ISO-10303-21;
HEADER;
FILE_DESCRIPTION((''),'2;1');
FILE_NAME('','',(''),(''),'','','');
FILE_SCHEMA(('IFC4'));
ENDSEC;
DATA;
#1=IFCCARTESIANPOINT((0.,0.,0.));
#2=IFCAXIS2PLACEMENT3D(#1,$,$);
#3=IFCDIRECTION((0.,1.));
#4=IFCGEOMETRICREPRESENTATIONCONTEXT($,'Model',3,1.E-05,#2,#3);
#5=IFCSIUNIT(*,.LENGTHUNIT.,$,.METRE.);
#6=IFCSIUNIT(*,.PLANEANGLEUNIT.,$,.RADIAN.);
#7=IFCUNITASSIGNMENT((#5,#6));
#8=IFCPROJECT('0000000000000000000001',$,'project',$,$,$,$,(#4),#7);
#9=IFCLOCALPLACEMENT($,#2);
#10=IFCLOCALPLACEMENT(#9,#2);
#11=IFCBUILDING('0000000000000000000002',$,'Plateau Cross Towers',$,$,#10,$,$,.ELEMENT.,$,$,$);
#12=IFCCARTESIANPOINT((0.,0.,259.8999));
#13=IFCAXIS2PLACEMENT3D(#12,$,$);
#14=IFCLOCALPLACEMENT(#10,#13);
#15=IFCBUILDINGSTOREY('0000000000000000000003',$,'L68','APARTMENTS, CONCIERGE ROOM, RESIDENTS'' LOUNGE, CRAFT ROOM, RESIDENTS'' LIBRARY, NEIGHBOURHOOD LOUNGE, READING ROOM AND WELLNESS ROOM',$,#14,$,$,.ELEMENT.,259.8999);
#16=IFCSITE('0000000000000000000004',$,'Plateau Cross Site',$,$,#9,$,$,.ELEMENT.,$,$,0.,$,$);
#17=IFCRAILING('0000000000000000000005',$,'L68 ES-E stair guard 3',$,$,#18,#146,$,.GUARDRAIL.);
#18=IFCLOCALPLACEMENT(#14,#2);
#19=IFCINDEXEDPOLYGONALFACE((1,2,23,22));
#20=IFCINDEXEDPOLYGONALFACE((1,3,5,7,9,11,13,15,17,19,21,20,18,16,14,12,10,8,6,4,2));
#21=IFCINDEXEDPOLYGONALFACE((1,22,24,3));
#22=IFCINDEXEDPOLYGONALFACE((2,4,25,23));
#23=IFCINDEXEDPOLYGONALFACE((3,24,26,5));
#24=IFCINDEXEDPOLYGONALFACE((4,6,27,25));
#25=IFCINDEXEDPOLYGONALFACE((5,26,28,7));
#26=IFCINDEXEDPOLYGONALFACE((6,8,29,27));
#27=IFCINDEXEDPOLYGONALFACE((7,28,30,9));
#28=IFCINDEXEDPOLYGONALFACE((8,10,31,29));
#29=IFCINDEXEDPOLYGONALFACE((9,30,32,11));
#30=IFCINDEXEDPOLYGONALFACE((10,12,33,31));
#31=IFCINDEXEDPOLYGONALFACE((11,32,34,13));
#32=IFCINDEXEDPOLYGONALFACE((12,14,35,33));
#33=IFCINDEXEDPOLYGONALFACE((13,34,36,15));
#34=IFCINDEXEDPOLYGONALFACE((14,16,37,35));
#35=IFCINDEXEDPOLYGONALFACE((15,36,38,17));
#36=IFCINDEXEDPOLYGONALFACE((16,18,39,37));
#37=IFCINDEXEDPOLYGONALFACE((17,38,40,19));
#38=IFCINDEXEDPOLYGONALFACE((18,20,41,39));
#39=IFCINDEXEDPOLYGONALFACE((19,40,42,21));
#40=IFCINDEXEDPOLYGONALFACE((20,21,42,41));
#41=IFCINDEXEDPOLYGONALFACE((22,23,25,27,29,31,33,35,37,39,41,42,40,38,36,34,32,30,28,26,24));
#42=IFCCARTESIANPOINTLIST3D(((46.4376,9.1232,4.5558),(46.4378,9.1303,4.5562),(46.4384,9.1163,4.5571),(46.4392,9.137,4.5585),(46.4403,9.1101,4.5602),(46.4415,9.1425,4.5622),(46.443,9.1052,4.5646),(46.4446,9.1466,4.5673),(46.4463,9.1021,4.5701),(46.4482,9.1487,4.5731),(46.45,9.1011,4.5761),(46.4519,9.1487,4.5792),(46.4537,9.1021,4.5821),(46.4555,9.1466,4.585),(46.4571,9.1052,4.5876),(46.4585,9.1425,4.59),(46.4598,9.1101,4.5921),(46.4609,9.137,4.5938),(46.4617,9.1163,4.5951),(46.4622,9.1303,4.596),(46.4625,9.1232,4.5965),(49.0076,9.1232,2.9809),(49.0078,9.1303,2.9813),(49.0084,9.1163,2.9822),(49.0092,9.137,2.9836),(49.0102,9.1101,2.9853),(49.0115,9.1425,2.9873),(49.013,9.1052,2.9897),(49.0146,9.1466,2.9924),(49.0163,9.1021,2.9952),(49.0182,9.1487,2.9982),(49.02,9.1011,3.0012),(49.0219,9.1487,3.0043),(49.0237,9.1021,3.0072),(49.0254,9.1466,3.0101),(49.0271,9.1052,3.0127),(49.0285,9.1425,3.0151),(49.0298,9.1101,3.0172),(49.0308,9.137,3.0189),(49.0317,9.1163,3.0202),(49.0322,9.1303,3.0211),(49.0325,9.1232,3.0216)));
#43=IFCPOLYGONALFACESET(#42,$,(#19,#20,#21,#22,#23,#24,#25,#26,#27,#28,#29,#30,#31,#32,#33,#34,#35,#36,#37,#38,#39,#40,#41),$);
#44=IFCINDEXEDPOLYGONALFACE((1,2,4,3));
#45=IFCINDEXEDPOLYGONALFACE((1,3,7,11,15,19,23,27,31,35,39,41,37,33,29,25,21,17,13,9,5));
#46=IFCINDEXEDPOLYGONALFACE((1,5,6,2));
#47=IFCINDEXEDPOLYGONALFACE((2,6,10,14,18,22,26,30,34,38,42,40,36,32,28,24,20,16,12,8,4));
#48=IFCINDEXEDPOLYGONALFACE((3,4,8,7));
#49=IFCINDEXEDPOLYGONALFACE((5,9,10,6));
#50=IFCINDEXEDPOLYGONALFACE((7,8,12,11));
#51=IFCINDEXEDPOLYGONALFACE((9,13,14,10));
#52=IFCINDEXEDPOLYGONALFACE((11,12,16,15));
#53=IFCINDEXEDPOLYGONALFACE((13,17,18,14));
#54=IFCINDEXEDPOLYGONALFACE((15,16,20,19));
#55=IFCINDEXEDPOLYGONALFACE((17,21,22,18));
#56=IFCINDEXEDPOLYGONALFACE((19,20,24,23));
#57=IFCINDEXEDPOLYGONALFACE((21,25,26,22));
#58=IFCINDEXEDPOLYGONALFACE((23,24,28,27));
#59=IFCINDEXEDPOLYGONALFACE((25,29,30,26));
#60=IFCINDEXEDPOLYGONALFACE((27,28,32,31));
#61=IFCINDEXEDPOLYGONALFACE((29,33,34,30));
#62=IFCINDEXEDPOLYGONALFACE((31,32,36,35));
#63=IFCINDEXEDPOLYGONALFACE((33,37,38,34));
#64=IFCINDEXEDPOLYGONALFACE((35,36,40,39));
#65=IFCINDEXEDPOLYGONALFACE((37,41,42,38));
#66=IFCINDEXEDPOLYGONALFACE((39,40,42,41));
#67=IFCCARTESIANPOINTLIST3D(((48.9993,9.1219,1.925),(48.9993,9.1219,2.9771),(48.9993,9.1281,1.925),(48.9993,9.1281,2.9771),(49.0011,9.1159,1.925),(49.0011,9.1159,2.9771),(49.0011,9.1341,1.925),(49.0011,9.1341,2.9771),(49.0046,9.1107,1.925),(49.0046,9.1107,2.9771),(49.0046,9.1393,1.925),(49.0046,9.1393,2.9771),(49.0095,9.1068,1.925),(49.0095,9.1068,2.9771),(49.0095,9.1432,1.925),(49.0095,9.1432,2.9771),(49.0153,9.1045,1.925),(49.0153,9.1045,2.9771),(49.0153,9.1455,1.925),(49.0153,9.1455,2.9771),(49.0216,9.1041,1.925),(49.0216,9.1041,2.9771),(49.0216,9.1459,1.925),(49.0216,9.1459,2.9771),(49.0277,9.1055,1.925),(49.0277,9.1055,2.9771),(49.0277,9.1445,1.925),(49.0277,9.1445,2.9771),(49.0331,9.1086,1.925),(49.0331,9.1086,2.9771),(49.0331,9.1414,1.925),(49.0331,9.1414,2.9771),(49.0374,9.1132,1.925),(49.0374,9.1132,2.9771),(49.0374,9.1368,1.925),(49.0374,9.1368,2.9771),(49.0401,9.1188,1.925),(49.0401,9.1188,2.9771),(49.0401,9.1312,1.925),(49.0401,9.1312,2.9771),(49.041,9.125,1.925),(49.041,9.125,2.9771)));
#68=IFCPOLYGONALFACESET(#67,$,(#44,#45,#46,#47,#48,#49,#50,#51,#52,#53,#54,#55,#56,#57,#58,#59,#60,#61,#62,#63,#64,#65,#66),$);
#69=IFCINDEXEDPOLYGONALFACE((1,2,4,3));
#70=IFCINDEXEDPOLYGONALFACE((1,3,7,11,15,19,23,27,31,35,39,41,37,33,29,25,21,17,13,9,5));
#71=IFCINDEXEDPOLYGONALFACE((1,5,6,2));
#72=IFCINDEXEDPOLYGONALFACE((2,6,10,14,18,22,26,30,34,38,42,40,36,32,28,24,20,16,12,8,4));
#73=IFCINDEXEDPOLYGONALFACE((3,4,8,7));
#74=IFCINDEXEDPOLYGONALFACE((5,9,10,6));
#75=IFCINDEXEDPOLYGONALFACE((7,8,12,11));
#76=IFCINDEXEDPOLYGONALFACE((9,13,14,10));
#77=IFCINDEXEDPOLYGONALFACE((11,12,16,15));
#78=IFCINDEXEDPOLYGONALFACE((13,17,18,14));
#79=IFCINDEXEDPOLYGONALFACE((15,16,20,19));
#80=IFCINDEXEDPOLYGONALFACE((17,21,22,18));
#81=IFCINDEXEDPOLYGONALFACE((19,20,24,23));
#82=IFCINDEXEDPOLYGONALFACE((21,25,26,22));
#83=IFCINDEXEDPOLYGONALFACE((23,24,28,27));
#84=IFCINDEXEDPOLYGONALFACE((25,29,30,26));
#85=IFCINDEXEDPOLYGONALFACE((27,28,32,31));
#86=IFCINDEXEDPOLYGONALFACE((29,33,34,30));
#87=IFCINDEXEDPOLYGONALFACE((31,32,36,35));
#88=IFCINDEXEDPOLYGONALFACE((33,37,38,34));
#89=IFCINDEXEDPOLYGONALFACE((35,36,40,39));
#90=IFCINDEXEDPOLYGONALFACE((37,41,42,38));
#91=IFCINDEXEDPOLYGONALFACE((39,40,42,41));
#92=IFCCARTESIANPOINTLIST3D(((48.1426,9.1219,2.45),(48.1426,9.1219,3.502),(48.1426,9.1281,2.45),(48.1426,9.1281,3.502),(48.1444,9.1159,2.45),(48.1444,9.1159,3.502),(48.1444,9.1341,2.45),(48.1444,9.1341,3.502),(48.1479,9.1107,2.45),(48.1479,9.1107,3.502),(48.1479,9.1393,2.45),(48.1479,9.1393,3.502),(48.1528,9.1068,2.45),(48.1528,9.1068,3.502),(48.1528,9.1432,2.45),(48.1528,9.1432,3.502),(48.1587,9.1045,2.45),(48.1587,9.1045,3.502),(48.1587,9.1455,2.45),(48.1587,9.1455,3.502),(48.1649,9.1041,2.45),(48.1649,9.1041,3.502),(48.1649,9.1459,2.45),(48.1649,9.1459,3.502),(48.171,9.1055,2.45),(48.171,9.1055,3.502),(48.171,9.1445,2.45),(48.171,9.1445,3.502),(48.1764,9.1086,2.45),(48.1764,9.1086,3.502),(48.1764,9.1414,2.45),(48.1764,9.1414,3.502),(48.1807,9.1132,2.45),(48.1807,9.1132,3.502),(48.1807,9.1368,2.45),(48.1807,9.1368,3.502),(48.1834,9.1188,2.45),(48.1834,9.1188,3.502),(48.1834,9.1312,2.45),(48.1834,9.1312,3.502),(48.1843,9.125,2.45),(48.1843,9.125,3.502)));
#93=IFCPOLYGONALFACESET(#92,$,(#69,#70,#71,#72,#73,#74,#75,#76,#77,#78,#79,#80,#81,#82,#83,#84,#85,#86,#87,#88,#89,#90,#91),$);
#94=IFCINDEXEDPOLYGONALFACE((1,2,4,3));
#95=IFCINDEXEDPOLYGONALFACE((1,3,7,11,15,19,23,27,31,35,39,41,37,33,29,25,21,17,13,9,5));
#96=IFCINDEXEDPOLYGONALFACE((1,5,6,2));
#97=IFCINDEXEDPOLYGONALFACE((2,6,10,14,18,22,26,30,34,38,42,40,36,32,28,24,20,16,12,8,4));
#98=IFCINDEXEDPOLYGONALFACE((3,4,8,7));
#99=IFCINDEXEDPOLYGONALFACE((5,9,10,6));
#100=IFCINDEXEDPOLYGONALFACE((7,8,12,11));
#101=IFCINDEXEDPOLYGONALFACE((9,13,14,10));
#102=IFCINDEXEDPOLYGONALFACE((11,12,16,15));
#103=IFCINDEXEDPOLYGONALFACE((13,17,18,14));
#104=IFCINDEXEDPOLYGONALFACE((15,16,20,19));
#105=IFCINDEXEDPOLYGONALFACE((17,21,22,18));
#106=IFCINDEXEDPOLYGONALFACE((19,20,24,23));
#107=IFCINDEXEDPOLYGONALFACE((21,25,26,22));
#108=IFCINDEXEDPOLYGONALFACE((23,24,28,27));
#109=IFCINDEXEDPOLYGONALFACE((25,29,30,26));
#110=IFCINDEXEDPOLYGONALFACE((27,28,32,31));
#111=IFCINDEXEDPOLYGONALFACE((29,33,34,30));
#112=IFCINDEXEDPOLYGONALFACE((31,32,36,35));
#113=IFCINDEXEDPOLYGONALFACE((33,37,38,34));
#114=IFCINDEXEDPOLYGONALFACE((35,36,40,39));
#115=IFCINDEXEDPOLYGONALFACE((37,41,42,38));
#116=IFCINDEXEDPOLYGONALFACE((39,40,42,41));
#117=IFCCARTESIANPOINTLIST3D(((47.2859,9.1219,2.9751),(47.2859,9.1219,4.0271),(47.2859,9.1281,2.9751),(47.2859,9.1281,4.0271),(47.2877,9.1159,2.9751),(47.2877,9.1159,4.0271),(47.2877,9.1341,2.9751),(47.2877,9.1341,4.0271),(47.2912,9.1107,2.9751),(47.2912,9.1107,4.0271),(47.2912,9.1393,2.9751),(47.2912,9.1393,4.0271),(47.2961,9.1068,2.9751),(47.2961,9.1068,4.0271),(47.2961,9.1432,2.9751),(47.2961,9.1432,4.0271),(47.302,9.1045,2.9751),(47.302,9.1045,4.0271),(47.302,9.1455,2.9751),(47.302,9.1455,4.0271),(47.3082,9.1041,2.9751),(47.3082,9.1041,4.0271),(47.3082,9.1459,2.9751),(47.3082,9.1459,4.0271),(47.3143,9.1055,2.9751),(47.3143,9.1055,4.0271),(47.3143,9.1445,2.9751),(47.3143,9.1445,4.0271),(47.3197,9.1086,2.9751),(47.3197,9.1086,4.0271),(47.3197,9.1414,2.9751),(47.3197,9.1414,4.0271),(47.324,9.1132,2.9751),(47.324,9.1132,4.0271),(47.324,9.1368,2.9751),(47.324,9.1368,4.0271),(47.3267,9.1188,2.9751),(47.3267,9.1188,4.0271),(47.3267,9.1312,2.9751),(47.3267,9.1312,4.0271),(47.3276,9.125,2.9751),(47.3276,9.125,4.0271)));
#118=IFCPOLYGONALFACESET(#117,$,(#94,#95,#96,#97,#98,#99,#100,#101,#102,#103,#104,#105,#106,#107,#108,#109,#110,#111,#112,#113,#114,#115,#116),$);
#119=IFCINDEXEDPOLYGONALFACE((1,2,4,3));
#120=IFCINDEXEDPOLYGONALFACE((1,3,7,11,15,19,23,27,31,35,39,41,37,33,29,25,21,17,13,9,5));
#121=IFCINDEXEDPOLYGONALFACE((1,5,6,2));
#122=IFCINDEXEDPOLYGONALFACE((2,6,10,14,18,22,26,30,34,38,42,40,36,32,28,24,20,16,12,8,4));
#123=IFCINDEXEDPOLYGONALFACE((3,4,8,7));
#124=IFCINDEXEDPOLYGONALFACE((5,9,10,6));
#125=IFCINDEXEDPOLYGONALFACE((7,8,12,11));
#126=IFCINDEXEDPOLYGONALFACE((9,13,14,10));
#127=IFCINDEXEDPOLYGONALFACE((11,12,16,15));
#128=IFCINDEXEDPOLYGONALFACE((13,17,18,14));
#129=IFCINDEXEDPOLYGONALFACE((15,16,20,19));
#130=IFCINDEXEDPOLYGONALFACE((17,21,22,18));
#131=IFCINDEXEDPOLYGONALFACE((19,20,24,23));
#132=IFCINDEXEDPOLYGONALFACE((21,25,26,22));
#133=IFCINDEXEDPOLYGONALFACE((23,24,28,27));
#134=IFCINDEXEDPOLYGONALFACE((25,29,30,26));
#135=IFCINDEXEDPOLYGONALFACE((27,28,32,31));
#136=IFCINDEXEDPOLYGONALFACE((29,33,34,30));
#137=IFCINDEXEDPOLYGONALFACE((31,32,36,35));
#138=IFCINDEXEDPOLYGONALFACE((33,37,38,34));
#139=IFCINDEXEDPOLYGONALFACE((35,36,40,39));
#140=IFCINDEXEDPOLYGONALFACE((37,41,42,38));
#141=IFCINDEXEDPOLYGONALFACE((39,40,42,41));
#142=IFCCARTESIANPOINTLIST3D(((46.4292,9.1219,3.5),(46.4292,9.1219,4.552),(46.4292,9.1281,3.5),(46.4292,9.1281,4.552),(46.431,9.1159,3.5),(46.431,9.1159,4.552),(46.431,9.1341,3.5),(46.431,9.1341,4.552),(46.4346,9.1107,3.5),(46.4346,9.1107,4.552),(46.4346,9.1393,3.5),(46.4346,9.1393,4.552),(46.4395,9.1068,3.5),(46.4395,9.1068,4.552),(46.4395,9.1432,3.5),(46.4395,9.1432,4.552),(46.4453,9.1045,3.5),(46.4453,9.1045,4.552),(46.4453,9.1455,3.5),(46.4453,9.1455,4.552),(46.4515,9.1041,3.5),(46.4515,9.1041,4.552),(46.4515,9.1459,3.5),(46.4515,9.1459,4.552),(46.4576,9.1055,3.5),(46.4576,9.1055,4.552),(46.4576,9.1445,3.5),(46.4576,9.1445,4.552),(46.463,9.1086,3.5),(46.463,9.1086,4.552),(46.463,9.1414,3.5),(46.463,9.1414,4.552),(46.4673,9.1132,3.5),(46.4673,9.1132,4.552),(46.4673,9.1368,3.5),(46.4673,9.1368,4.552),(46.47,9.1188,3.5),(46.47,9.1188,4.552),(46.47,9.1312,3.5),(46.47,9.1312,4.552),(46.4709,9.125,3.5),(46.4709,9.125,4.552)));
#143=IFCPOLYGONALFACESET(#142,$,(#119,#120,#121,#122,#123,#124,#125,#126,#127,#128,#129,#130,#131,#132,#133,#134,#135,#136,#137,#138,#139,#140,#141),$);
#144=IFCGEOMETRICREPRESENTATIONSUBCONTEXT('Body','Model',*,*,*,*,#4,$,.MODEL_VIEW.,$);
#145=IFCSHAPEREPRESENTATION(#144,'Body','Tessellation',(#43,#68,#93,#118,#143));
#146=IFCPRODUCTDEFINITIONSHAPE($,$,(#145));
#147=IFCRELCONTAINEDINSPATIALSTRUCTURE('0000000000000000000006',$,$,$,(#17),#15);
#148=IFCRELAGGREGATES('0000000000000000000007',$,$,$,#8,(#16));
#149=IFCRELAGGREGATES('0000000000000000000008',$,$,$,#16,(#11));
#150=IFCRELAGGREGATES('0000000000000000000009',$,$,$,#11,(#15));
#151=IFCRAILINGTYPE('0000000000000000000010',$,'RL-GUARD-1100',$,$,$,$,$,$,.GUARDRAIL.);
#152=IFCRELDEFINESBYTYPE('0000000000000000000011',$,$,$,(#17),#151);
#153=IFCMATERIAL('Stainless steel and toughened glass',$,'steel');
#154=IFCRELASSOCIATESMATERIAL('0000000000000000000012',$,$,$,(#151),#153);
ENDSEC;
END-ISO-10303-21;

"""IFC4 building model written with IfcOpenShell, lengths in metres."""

from ifc_helpers import new_model, si_unit, direction, frame, origin, origin_2d, place, context, subcontext, project, spatial, circle, extrude, material, type_object, element, save


model = new_model("IFC4")

# Units and contexts
model_context = context("Model", 3, precision=1e-05, world=origin(), true_north=direction((0.0, 1.0)))
body_context = subcontext(model_context, "Body", "Model", "MODEL_VIEW")
ifc_project = project(units=[si_unit("LENGTHUNIT", "METRE"), si_unit("PLANEANGLEUNIT", "RADIAN")], contexts=[model_context])

# Site, building, storey
site_placement = place(None, origin())
site = spatial("IfcSite", under=ifc_project, at=site_placement, Name="Plateau Cross Site", CompositionType="ELEMENT", RefElevation=0.0)
building_placement = place(site_placement, origin())
building = spatial("IfcBuilding", under=site, at=building_placement, Name="Plateau Cross Towers", CompositionType="ELEMENT")
storey_placement = place(building_placement, frame((0.0, 0.0, 259.8999)))
storey = spatial("IfcBuildingStorey", under=building, at=storey_placement, Name="L68", Description="APARTMENTS, CONCIERGE ROOM, RESIDENTS' LOUNGE, CRAFT ROOM, RESIDENTS' LIBRARY, NEIGHBOURHOOD LOUNGE, READING ROOM AND WELLNESS ROOM", CompositionType="ELEMENT", Elevation=259.8999)

# Railing
ifc_material_1 = material(Name="Stainless steel and toughened glass", Category="steel")
railing_type_1 = type_object("IfcRailingType", Name="RL-GUARD-1100", PredefinedType="GUARDRAIL", material=ifc_material_1)
railing_1_placement = place(storey_placement, frame((49.02, 9.125, 1.925)))
element("IfcRailing", 1, at=railing_1_placement, inside=storey, type_object=railing_type_1, Name="L68 ES-E stair guard 3", PredefinedType="GUARDRAIL", context=body_context, shape_type="SweptSolid", body=[
    extrude(circle(Radius=0.0239, at=origin_2d()), frame((0.0, 0.0, 1.0762), z_axis=(-0.852639, 0.0, 0.522501), x_axis=(0.0, -1.0, 0.0)), (0.0, 0.0, 1.0), 3.0142),
    extrude(circle(Radius=0.021, at=origin_2d()), origin(), (0.0, 0.0, 1.0), 1.052),
    extrude(circle(Radius=0.021, at=origin_2d()), frame((-0.8567, 0.0, 0.5249)), (0.0, 0.0, 1.0), 1.052),
    extrude(circle(Radius=0.021, at=origin_2d()), frame((-1.7134, 0.0, 1.05)), (0.0, 0.0, 1.0), 1.052),
    extrude(circle(Radius=0.021, at=origin_2d()), frame((-2.5701, 0.0, 1.575)), (0.0, 0.0, 1.0), 1.052),
])

save(model, "model.ifc")
